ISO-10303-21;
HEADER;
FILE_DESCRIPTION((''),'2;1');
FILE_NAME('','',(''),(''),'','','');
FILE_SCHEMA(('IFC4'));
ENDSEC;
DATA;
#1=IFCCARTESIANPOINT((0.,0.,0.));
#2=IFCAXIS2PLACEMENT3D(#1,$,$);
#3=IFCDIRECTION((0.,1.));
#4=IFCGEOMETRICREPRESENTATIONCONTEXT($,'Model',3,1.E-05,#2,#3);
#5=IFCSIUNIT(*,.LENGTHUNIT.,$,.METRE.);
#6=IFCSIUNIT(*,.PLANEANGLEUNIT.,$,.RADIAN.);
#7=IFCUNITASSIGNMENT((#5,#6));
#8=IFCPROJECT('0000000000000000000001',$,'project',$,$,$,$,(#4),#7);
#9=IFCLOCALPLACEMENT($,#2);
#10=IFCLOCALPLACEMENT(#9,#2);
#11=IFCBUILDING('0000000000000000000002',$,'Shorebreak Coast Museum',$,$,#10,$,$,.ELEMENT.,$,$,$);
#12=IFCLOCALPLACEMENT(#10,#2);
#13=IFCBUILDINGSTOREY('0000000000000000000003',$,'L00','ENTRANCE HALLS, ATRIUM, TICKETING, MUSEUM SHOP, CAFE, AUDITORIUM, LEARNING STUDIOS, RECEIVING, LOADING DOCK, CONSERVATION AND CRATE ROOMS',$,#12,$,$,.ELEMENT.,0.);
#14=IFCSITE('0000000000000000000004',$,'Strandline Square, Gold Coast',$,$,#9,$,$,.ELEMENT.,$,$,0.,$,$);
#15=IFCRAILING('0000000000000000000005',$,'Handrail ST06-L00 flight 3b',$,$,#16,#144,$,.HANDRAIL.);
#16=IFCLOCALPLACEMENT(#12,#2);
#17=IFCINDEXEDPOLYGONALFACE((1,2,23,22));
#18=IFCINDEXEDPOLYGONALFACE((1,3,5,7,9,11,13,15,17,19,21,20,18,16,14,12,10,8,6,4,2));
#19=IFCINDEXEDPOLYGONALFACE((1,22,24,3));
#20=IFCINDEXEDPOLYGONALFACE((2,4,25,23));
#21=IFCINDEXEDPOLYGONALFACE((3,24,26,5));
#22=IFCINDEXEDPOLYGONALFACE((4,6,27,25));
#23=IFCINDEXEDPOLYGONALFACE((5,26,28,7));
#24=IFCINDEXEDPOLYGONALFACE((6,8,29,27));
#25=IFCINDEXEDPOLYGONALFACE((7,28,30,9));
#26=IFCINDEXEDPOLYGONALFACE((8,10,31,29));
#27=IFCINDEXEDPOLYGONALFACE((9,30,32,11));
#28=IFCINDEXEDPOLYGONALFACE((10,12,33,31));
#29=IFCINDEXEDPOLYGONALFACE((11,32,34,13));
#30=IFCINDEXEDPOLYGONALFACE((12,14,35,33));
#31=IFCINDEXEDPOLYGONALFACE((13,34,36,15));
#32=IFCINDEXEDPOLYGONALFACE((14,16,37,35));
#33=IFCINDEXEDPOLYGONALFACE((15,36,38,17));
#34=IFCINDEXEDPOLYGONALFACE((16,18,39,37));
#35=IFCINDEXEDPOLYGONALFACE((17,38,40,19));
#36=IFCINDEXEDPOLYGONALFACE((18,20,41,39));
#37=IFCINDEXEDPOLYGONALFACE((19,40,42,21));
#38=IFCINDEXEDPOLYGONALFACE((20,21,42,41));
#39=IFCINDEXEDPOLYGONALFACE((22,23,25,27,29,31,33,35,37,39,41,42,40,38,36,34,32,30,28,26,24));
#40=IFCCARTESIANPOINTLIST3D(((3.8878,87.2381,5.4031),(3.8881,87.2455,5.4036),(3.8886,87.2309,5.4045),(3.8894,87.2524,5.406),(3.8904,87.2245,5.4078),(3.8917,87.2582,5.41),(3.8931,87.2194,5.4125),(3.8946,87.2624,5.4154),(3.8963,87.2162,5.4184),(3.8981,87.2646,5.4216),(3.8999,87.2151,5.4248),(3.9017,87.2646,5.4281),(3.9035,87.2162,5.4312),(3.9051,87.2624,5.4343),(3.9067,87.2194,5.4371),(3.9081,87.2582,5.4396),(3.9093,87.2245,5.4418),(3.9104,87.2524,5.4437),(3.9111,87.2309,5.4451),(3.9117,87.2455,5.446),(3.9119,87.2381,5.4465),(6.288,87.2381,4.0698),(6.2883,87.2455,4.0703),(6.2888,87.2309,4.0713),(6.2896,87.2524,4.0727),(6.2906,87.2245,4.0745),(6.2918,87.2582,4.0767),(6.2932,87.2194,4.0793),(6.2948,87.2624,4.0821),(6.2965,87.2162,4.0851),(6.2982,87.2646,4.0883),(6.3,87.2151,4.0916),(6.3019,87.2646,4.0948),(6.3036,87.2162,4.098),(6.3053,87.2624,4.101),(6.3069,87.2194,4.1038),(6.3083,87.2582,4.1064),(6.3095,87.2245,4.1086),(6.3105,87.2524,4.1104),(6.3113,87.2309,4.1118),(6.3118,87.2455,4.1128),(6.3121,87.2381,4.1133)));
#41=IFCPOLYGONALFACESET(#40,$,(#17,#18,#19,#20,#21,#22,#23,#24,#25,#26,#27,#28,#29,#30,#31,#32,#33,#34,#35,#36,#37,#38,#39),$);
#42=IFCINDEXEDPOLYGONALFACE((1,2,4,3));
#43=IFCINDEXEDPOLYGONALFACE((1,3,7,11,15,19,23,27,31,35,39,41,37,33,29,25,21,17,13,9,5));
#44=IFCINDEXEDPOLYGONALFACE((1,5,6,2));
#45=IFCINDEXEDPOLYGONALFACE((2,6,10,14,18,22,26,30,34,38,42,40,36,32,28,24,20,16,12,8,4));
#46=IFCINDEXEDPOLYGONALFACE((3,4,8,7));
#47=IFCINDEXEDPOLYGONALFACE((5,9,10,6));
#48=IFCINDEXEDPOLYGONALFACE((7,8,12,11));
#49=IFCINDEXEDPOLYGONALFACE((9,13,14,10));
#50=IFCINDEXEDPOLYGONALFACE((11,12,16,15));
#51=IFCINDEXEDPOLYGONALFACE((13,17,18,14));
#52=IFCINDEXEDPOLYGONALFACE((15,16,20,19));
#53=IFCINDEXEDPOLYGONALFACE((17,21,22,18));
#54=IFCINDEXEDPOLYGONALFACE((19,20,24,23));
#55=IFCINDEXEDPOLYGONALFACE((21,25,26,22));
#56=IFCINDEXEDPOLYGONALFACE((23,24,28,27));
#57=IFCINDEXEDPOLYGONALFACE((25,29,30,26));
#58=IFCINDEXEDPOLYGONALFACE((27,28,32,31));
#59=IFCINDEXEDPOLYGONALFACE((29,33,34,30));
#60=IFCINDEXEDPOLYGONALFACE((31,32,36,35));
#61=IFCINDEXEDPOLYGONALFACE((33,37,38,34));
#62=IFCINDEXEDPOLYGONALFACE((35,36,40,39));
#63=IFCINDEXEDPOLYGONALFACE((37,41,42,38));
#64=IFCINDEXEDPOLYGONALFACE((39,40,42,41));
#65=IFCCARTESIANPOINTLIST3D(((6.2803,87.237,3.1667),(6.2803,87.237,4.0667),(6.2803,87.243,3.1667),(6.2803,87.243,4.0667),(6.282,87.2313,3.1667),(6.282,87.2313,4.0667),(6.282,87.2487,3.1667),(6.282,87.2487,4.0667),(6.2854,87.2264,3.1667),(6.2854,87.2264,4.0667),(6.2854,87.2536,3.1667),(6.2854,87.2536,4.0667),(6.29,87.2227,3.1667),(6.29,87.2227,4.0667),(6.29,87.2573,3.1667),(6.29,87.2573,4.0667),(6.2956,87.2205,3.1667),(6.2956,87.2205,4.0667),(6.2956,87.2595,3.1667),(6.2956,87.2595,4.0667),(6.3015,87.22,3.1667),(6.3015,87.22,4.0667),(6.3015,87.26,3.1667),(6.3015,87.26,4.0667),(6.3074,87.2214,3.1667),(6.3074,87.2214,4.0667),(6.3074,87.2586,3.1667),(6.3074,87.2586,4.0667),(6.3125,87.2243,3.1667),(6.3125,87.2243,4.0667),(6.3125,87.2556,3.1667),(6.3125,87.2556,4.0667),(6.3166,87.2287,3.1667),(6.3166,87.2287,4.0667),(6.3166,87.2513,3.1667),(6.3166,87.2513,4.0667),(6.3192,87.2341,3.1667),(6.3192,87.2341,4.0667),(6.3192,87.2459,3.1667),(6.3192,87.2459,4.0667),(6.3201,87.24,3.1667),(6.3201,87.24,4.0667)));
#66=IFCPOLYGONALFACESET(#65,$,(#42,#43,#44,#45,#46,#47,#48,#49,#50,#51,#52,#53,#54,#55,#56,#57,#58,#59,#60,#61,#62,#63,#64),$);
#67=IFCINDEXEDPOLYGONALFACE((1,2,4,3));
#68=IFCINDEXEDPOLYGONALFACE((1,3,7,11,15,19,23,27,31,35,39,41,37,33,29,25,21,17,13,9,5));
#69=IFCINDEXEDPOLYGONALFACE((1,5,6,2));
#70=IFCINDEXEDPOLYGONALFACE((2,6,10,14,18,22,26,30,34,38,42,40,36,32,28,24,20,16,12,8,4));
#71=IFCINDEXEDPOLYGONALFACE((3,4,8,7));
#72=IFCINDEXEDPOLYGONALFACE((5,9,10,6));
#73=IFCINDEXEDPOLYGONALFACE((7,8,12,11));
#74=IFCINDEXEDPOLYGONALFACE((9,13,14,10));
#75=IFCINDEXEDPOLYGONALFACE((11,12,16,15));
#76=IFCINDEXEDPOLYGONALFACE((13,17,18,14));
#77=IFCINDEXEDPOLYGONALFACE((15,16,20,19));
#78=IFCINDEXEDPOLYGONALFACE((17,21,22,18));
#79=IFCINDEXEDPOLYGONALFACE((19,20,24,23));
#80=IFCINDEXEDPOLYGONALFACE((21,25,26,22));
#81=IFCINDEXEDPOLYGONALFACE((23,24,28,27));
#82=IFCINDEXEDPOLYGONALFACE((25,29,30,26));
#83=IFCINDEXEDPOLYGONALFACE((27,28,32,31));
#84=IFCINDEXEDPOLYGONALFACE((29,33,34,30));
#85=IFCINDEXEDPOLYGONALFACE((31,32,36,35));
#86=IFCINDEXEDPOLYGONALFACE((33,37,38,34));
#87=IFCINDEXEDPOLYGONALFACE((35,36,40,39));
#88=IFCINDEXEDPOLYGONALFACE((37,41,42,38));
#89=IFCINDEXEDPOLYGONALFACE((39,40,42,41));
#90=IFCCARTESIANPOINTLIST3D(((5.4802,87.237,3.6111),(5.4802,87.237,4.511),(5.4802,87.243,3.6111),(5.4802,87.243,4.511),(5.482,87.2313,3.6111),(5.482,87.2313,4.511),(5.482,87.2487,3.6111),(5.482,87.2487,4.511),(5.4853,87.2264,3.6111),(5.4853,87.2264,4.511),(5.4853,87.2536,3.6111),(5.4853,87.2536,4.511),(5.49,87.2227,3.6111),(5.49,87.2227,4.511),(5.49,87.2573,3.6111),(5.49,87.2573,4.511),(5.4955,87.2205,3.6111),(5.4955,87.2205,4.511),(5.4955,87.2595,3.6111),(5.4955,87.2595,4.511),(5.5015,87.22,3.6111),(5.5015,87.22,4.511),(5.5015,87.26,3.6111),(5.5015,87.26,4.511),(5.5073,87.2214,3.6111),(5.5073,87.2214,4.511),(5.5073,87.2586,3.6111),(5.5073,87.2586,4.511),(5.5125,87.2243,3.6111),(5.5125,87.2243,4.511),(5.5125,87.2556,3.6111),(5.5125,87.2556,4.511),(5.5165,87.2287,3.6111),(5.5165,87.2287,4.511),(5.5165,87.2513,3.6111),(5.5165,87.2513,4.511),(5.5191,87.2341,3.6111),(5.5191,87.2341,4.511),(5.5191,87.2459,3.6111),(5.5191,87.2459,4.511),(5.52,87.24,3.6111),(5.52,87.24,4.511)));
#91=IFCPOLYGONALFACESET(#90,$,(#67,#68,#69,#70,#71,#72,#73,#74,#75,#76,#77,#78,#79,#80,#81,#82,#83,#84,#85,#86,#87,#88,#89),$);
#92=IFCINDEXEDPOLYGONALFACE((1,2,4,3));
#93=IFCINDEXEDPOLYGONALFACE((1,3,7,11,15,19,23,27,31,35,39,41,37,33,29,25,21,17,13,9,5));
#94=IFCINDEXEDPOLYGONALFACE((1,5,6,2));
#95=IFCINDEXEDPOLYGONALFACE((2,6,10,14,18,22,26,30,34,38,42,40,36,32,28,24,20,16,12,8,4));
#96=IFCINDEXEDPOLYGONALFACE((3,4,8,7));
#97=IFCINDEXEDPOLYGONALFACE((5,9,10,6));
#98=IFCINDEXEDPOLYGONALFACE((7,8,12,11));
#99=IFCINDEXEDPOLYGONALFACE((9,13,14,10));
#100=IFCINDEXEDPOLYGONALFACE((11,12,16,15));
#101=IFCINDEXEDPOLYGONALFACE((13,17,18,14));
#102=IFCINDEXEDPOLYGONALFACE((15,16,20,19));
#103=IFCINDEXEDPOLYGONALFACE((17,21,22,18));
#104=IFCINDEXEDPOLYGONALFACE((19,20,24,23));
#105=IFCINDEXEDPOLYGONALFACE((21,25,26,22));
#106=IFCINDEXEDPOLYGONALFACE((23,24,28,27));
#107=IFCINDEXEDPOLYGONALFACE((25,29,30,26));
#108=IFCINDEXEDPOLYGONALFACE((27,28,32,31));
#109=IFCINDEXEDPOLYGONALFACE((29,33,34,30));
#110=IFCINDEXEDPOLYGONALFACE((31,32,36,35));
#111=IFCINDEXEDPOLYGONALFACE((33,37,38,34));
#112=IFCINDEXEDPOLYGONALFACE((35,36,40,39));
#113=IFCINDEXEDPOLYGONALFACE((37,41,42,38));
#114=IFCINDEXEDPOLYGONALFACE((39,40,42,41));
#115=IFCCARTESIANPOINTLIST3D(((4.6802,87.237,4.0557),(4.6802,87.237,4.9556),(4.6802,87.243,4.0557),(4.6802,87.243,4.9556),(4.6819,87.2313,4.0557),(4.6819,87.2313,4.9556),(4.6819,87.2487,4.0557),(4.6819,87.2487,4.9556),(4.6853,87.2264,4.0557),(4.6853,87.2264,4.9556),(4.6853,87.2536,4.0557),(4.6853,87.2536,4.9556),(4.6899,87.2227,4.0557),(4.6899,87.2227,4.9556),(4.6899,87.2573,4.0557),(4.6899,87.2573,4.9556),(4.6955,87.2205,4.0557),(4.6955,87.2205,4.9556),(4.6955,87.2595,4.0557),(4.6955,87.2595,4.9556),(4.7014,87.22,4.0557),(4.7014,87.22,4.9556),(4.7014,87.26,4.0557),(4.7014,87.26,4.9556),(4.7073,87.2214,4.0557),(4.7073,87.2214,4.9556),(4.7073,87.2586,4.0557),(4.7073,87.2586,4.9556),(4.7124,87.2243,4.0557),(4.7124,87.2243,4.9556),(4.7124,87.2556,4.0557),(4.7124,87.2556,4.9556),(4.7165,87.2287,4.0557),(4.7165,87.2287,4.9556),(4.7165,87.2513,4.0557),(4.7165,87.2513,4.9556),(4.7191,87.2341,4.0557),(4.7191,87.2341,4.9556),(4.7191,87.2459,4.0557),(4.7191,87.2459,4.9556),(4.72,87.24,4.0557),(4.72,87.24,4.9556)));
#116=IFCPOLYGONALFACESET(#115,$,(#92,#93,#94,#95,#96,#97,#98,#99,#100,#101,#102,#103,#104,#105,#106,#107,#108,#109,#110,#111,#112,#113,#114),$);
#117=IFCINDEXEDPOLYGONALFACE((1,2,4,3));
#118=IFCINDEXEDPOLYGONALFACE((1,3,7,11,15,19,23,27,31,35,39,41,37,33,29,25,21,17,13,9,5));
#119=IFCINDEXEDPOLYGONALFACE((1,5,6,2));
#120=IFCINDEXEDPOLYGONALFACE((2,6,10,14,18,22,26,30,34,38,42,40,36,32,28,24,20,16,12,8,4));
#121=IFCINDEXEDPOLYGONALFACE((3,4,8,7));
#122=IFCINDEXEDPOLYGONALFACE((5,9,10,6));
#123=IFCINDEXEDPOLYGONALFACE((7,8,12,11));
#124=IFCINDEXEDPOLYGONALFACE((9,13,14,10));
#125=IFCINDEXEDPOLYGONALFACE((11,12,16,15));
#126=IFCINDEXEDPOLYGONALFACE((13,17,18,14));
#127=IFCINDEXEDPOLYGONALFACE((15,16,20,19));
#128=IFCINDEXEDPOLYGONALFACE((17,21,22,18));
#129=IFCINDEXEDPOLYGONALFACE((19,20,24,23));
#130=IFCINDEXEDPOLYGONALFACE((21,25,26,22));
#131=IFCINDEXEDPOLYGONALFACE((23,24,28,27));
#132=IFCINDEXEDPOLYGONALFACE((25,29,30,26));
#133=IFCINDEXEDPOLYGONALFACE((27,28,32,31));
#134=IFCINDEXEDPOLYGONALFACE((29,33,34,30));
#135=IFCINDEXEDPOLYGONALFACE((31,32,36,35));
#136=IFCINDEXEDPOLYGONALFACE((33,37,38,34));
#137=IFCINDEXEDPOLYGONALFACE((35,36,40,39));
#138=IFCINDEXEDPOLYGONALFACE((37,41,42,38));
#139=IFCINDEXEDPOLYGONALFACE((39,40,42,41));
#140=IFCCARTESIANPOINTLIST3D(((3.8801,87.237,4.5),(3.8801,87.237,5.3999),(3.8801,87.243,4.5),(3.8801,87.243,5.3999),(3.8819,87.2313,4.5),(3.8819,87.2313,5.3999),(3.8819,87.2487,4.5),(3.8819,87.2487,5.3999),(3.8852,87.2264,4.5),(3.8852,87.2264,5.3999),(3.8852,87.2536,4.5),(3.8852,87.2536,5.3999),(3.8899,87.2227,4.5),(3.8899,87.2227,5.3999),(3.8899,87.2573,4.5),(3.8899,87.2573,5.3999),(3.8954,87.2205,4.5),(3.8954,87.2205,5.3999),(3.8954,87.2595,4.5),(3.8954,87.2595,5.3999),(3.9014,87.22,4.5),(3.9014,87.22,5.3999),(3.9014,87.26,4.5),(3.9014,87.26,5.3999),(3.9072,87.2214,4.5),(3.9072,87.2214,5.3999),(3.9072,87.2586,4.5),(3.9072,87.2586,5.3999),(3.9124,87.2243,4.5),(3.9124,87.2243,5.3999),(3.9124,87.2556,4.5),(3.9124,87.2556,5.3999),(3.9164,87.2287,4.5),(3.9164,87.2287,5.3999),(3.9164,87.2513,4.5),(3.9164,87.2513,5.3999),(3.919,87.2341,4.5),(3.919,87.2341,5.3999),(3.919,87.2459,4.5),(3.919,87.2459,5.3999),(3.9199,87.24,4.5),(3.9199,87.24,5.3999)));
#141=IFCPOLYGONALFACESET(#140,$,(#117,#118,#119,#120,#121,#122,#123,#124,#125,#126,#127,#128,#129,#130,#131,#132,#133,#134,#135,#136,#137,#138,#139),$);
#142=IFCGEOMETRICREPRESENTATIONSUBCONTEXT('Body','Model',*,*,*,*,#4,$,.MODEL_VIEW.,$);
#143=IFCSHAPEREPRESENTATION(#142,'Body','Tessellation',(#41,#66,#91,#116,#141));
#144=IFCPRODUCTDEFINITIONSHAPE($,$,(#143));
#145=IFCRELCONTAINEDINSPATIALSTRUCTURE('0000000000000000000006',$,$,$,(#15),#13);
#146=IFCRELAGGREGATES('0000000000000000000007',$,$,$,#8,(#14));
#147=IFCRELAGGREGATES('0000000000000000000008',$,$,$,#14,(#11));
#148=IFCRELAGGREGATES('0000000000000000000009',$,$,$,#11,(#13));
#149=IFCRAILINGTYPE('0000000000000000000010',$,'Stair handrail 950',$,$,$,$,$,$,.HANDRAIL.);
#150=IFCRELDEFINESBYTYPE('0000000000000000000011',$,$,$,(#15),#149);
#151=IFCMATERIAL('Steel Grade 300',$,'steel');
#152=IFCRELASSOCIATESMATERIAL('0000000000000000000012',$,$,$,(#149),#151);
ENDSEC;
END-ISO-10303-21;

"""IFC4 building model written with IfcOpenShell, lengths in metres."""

from ifc_helpers import new_model, si_unit, direction, frame, origin, origin_2d, place, context, subcontext, project, spatial, circle, extrude, material, type_object, element, save


model = new_model("IFC4")

# Units and contexts
model_context = context("Model", 3, precision=1e-05, world=origin(), true_north=direction((0.0, 1.0)))
body_context = subcontext(model_context, "Body", "Model", "MODEL_VIEW")
ifc_project = project(units=[si_unit("LENGTHUNIT", "METRE"), si_unit("PLANEANGLEUNIT", "RADIAN")], contexts=[model_context])

# Site, building, storey
site_placement = place(None, origin())
site = spatial("IfcSite", under=ifc_project, at=site_placement, Name="Strandline Square, Gold Coast", CompositionType="ELEMENT", RefElevation=0.0)
building_placement = place(site_placement, origin())
building = spatial("IfcBuilding", under=site, at=building_placement, Name="Shorebreak Coast Museum", CompositionType="ELEMENT")
storey_placement = place(building_placement, origin())
storey = spatial("IfcBuildingStorey", under=building, at=storey_placement, Name="L00", Description="ENTRANCE HALLS, ATRIUM, TICKETING, MUSEUM SHOP, CAFE, AUDITORIUM, LEARNING STUDIOS, RECEIVING, LOADING DOCK, CONSERVATION AND CRATE ROOMS", CompositionType="ELEMENT", Elevation=0.0)

# Railing
ifc_material_1 = material(Name="Steel Grade 300", Category="steel")
railing_type_1 = type_object("IfcRailingType", Name="Stair handrail 950", PredefinedType="HANDRAIL", material=ifc_material_1)
for number, where, name in (
    (1, (6.3, 87.24, 3.1667), "Handrail ST06-L00 flight 3b"),
):
    element("IfcRailing", number, at=place(storey_placement, frame(where)), inside=storey, type_object=railing_type_1, Name=name, PredefinedType="HANDRAIL", context=body_context, shape_type="SweptSolid", body=[
        extrude(circle(Radius=0.0249, at=origin_2d()), frame((0.0, 0.0, 0.9248), z_axis=(-0.874182, 0.0, 0.485598), x_axis=(0.0, -1.0, 0.0)), (0.0, 0.0, 1.0), 2.7456),
        extrude(circle(Radius=0.02, at=origin_2d()), origin(), (0.0, 0.0, 1.0), 0.8999),
        extrude(circle(Radius=0.02, at=origin_2d()), frame((-0.8, 0.0, 0.4443)), (0.0, 0.0, 1.0), 0.8999),
        extrude(circle(Radius=0.02, at=origin_2d()), frame((-1.6001, 0.0, 0.8889)), (0.0, 0.0, 1.0), 0.8999),
        extrude(circle(Radius=0.02, at=origin_2d()), frame((-2.4001, 0.0, 1.3333)), (0.0, 0.0, 1.0), 0.8999),
    ])

save(model, "model.ifc")
